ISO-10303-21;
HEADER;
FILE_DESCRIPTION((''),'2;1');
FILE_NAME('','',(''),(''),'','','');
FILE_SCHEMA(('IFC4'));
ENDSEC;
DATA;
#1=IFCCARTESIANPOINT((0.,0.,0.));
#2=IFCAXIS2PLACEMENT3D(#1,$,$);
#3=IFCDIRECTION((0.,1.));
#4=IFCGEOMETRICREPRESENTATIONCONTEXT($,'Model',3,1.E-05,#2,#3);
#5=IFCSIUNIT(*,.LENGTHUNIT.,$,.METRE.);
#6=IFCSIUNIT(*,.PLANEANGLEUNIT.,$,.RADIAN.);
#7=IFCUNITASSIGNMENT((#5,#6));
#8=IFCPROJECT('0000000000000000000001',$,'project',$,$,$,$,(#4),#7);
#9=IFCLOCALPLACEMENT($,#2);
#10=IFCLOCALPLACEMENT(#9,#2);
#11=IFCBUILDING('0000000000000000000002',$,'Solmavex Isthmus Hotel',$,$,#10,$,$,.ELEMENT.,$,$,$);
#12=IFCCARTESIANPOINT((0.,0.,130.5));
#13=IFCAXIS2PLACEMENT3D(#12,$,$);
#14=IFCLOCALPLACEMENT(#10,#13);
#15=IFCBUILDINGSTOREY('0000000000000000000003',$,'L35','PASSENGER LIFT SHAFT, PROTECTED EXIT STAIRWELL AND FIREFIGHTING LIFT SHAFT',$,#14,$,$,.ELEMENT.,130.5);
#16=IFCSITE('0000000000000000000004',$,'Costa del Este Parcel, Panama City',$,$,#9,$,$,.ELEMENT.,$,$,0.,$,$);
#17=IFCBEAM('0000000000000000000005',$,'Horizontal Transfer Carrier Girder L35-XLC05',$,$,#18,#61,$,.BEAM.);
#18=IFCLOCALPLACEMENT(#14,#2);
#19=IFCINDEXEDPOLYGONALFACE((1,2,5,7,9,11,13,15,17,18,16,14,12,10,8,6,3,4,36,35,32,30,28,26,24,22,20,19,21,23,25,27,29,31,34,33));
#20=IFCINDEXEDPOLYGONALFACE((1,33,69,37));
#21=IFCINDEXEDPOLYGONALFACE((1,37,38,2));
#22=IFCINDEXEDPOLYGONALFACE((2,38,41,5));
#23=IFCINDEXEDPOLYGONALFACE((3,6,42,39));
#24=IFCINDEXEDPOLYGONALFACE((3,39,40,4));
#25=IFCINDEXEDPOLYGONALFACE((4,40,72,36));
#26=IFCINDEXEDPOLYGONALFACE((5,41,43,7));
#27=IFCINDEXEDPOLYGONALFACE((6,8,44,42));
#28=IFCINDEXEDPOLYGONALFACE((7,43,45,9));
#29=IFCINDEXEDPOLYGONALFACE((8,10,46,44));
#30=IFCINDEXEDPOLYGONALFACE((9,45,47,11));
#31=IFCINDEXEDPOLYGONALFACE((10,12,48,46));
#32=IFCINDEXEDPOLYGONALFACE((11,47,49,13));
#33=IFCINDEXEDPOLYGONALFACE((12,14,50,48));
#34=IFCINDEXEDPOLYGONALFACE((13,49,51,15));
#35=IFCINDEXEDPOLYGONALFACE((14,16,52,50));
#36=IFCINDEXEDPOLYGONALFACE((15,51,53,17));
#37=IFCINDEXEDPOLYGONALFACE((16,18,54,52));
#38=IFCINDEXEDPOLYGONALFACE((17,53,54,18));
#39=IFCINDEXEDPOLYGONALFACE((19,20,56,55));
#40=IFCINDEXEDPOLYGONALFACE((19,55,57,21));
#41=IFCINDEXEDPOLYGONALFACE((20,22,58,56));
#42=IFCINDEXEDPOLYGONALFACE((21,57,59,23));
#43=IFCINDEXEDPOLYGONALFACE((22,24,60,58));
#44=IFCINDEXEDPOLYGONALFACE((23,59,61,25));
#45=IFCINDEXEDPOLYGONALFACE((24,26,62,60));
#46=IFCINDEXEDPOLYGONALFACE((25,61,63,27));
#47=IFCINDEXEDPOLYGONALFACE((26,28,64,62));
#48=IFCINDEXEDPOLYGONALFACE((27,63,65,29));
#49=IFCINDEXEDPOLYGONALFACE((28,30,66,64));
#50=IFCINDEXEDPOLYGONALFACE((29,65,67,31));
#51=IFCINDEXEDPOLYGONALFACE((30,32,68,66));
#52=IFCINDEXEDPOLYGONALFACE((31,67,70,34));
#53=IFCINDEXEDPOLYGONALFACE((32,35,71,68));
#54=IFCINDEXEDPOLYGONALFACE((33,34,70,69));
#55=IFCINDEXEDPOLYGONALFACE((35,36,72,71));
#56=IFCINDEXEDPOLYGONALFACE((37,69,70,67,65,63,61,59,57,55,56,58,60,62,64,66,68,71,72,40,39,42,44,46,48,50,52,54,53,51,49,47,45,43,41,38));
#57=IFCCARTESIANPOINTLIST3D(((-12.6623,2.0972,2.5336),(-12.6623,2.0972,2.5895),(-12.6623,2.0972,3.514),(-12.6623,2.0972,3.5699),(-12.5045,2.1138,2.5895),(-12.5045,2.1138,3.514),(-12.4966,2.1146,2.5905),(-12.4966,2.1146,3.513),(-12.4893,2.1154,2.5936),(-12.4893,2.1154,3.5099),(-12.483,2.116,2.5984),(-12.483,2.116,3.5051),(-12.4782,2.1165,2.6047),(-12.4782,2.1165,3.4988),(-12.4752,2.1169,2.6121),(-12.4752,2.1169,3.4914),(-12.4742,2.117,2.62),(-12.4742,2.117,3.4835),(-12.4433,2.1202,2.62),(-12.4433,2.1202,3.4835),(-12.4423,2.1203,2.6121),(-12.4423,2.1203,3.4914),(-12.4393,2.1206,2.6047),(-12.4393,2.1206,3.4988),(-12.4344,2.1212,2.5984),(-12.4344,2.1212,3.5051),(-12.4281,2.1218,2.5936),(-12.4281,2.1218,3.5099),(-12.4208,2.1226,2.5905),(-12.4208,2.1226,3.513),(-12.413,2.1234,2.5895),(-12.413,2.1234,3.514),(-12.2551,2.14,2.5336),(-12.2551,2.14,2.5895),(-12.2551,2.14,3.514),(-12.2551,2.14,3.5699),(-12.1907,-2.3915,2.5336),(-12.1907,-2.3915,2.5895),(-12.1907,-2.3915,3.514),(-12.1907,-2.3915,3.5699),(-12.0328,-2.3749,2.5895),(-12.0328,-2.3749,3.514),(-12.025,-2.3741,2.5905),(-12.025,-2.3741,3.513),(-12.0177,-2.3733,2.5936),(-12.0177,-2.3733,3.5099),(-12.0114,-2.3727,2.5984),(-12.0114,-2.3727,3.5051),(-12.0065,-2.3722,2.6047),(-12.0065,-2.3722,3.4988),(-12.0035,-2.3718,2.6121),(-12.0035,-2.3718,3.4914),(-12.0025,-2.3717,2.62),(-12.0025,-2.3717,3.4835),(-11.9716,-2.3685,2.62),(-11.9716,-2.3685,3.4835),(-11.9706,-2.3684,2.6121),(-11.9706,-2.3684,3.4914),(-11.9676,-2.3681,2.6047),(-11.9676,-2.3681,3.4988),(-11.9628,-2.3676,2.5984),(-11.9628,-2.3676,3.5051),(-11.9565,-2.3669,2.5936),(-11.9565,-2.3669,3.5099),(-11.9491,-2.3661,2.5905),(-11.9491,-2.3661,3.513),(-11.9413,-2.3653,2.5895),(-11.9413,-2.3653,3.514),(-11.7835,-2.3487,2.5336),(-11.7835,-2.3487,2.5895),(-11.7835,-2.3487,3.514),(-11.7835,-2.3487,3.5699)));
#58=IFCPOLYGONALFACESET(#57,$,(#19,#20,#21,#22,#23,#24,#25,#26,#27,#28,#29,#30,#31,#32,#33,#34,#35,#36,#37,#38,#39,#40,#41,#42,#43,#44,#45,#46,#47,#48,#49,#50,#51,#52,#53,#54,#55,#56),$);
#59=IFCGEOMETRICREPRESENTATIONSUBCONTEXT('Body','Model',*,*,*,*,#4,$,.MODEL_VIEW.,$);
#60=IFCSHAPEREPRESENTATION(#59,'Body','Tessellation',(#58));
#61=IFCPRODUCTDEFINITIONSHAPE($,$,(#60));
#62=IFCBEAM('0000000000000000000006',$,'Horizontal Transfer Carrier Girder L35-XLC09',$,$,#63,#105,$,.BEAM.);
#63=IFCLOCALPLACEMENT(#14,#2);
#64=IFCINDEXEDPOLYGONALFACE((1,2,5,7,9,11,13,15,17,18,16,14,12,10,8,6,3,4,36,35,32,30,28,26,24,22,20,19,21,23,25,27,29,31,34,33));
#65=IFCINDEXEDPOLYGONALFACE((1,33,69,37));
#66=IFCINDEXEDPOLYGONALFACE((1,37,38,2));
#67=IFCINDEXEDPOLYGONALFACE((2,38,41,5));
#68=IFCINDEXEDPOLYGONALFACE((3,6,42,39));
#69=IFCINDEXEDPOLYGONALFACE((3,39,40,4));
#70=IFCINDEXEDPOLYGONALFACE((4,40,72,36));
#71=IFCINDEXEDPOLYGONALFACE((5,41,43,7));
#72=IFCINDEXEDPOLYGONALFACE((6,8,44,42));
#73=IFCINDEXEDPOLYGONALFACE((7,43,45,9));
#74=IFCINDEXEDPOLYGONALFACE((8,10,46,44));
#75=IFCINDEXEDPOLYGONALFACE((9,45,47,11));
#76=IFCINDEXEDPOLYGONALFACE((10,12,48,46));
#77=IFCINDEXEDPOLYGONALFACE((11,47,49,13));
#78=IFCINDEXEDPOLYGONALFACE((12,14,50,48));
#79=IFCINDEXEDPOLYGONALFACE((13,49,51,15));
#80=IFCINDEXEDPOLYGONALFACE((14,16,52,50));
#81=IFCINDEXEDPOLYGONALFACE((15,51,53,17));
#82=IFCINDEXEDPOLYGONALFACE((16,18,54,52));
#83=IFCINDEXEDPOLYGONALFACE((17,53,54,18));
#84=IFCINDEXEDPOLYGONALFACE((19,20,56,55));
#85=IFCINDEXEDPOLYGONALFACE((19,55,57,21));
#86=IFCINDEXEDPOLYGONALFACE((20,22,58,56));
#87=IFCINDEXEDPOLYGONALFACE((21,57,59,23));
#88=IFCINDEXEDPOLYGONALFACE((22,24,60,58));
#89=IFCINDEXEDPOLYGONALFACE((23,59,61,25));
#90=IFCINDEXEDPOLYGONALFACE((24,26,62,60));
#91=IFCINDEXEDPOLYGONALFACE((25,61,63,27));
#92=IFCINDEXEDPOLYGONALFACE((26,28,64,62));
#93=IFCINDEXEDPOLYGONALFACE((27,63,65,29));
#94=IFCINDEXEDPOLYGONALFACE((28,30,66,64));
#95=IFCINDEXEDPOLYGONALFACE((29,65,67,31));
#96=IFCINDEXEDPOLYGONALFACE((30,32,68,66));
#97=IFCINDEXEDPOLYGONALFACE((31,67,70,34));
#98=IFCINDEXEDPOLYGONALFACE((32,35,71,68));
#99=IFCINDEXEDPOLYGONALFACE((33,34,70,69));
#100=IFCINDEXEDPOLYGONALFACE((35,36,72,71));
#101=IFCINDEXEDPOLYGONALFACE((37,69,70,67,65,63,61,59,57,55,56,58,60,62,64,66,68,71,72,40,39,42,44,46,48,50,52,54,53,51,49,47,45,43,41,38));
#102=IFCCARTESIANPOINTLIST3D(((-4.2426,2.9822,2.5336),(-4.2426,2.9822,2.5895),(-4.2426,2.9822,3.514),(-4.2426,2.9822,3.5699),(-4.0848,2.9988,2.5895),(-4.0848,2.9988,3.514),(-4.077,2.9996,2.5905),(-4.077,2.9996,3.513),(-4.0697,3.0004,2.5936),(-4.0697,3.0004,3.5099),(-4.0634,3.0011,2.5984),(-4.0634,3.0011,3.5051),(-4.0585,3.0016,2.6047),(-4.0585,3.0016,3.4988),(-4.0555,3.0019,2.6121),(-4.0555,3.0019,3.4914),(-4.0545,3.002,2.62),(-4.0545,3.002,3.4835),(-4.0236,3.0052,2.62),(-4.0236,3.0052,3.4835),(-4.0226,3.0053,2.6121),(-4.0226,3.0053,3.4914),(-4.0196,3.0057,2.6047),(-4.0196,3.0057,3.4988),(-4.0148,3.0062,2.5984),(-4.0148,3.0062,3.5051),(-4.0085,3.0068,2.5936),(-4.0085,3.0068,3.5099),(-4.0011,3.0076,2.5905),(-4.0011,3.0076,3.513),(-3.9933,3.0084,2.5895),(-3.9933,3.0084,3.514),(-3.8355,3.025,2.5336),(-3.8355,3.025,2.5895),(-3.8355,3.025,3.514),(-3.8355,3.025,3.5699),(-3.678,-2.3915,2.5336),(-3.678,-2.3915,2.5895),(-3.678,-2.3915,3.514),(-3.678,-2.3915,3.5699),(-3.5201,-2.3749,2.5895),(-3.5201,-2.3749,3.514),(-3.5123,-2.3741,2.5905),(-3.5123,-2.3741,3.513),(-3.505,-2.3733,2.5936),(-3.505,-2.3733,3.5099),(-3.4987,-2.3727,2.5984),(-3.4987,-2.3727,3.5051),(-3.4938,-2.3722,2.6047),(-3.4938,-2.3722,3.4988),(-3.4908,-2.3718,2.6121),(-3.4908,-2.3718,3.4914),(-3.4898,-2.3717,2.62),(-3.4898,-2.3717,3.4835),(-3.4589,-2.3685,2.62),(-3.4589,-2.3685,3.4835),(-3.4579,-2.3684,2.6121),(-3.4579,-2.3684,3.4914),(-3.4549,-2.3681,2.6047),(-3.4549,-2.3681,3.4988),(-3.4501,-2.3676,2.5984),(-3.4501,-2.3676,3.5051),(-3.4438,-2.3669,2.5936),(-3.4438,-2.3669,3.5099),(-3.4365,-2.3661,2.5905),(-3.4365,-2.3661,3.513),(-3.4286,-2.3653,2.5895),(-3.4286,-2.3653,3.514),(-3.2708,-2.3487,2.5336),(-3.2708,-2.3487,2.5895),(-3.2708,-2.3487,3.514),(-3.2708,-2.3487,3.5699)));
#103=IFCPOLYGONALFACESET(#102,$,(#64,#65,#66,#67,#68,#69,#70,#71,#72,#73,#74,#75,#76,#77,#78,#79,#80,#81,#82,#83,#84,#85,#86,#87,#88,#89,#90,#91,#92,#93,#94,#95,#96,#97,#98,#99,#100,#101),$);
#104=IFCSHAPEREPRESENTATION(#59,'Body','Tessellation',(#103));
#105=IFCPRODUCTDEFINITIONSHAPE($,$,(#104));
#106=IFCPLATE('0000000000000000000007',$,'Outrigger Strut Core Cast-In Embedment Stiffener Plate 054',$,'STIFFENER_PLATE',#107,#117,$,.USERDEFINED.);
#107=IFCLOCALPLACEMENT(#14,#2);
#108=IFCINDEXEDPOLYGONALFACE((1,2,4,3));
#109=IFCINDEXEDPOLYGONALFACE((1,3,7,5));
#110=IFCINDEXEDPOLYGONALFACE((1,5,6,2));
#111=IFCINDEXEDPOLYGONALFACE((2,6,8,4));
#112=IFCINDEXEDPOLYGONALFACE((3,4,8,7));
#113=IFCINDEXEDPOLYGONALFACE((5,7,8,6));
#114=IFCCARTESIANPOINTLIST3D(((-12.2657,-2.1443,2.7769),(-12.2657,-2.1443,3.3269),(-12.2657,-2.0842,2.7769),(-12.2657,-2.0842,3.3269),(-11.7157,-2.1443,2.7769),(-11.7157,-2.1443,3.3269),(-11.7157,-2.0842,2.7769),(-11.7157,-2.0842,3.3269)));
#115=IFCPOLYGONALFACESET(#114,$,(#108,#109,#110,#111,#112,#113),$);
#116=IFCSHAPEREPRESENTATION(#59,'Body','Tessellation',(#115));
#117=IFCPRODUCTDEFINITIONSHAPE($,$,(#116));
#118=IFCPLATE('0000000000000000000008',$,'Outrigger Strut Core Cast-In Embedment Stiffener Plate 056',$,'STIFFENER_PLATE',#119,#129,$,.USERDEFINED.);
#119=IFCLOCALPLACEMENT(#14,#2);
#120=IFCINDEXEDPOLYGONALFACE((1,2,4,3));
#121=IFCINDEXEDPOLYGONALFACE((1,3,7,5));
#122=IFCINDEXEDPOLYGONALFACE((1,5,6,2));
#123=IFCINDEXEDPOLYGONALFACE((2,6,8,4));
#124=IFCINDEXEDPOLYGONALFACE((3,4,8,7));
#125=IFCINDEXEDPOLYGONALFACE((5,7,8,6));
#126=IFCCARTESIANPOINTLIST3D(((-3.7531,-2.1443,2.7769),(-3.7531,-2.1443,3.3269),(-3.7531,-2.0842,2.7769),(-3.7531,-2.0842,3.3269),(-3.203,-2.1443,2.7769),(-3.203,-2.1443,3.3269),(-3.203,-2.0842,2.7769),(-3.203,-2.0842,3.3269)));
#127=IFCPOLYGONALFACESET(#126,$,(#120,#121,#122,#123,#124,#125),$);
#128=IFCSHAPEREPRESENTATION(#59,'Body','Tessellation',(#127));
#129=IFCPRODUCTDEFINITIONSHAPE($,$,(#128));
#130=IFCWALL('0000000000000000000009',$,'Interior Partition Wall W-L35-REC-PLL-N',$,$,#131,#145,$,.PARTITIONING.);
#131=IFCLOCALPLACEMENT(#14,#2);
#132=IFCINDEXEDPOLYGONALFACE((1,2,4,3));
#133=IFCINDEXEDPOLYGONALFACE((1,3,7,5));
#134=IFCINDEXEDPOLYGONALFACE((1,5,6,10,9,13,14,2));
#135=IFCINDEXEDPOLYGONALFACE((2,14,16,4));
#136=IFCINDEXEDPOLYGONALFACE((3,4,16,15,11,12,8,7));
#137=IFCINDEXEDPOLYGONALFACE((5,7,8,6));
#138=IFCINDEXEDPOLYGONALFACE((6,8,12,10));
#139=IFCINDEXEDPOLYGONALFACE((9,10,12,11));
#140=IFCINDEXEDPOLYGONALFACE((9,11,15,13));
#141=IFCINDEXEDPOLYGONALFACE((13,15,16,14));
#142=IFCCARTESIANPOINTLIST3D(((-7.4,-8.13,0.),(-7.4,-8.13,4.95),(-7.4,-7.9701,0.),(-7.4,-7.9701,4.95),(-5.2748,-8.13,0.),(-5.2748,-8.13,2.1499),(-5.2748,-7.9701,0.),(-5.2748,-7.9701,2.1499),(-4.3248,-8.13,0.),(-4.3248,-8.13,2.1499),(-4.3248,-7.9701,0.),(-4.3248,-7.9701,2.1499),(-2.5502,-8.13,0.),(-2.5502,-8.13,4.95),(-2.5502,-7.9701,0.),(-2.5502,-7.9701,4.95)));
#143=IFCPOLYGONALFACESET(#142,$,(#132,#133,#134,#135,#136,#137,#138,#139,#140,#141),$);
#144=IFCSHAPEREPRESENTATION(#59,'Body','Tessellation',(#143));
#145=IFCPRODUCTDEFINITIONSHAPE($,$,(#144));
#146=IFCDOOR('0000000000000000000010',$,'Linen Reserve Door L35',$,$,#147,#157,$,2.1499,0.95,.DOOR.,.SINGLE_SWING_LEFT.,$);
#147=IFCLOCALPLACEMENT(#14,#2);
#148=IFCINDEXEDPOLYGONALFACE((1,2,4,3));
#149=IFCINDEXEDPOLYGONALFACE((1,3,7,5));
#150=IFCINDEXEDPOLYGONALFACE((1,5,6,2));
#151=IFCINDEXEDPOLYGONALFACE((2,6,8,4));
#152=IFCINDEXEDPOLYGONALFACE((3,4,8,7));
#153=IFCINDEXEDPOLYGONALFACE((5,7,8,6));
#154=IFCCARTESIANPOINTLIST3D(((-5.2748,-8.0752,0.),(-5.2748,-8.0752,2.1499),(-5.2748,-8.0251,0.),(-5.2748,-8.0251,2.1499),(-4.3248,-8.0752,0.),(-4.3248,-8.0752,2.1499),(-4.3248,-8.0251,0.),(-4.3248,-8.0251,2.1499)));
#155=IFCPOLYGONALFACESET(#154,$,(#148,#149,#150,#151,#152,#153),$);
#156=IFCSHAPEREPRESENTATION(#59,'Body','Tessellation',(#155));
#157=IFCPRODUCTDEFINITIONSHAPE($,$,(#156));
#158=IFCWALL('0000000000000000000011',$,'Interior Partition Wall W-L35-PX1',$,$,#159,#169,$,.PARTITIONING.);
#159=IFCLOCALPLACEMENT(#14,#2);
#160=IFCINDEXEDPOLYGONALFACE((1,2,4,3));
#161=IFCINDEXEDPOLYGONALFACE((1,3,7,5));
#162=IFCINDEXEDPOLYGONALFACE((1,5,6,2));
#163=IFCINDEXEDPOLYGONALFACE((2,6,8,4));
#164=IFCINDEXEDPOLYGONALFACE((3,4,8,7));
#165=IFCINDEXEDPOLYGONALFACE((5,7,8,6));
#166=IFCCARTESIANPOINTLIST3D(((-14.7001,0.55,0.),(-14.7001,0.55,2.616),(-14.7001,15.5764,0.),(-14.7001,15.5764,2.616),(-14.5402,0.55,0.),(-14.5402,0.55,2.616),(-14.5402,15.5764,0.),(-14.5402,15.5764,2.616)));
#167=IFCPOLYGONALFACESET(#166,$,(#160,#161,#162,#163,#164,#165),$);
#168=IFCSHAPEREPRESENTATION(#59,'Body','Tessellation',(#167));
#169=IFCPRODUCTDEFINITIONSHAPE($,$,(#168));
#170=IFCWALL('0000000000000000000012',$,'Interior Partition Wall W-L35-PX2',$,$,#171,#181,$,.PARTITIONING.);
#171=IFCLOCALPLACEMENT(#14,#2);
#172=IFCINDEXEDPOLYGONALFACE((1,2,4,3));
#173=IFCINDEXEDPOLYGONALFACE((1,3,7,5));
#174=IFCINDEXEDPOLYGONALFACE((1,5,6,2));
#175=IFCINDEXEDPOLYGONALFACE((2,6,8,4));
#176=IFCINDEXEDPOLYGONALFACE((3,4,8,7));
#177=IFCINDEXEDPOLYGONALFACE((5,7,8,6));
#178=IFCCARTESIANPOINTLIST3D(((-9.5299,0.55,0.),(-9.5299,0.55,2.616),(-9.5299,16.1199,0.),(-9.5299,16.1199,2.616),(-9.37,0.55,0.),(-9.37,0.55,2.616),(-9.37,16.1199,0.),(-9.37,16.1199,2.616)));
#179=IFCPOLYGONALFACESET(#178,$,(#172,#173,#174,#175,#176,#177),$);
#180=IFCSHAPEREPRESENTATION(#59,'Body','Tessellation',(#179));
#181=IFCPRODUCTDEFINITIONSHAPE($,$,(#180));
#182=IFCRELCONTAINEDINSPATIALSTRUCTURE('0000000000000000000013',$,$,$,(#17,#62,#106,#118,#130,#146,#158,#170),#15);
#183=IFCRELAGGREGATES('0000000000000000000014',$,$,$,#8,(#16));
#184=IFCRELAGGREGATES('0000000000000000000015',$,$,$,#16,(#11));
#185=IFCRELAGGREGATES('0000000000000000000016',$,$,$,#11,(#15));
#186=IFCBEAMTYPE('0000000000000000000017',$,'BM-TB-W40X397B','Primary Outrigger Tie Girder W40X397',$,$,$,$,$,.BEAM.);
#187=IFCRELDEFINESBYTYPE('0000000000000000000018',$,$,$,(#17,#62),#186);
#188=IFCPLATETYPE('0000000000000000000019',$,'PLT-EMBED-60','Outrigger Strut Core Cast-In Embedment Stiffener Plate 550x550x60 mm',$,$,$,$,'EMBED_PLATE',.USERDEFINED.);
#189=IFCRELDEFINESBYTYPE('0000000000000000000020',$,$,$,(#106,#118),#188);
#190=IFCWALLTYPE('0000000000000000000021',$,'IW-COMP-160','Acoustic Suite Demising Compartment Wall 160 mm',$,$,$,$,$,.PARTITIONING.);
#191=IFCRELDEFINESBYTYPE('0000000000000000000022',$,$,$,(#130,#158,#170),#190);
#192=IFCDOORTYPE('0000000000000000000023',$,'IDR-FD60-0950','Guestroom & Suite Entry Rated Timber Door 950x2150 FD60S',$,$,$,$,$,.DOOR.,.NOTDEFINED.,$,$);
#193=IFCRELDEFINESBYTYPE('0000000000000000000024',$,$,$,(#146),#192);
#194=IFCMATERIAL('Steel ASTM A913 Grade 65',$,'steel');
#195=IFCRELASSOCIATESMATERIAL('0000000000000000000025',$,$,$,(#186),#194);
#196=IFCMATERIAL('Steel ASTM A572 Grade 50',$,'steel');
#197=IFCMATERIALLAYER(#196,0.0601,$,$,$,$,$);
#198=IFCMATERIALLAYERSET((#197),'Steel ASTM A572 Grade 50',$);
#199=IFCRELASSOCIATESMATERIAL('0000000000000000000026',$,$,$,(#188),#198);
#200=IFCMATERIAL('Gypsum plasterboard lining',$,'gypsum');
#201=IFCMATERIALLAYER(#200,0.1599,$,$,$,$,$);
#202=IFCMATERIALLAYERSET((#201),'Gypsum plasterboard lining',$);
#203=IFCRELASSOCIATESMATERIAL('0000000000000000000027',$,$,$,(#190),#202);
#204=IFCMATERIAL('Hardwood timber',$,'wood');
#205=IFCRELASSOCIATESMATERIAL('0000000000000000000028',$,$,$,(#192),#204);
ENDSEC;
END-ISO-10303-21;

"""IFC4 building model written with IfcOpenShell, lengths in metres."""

from ifc_helpers import new_model, si_unit, direction, frame, frame_2d, origin, origin_2d, place, context, subcontext, project, spatial, rectangle, i_section, extrude, material, layer, layer_set, material_profile, profile_set, type_object, element, fill, save


model = new_model("IFC4")

# Units and contexts
model_context = context("Model", 3, precision=1e-05, world=origin(), true_north=direction((0.0, 1.0)))
body_context = subcontext(model_context, "Body", "Model", "MODEL_VIEW")
ifc_project = project(units=[si_unit("LENGTHUNIT", "METRE"), si_unit("PLANEANGLEUNIT", "RADIAN")], contexts=[model_context])

# Site, building, storey
site_placement = place(None, origin())
site = spatial("IfcSite", under=ifc_project, at=site_placement, Name="Costa del Este Parcel, Panama City", CompositionType="ELEMENT", RefElevation=0.0)
building_placement = place(site_placement, origin())
building = spatial("IfcBuilding", under=site, at=building_placement, Name="Solmavex Isthmus Hotel", CompositionType="ELEMENT")
storey_placement = place(building_placement, frame((0.0, 0.0, 130.5)))
storey = spatial("IfcBuildingStorey", under=building, at=storey_placement, Name="L35", Description="PASSENGER LIFT SHAFT, PROTECTED EXIT STAIRWELL AND FIREFIGHTING LIFT SHAFT", CompositionType="ELEMENT", Elevation=130.5)

# Beams
ifc_material_1 = material(Name="Steel ASTM A913 Grade 65", Category="steel")
ifc_material_profile_1 = material_profile(ifc_material_1, i_section(OverallWidth=0.4094, OverallDepth=1.0364, WebThickness=0.031, FlangeThickness=0.0559, FilletRadius=0.0305, at=origin_2d()), Name="W40X397")
ifc_profile_set_1 = profile_set([ifc_material_profile_1], Name="Steel ASTM A913 Grade 65")
beam_type_1 = type_object("IfcBeamType", Name="BM-TB-W40X397B", Description="Primary Outrigger Tie Girder W40X397", PredefinedType="BEAM", material=ifc_profile_set_1)
beam_1_placement = place(storey_placement, frame((-11.9871, -2.3701, 3.0518), z_axis=(-0.104505, 0.994524, 0.0), x_axis=(-0.994524, -0.104505, 0.0)))
element("IfcBeam", 1, at=beam_1_placement, inside=storey, type_object=beam_type_1, Name="Horizontal Transfer Carrier Girder L35-XLC05", PredefinedType="BEAM", context=body_context, shape_type="SweptSolid", body=[
    extrude(i_section(OverallWidth=0.4094, OverallDepth=1.0364, WebThickness=0.031, FlangeThickness=0.0559, FilletRadius=0.0305, at=origin_2d()), origin(), (0.0, 0.0, 1.0), 4.5134),
])
beam_2_placement = place(storey_placement, frame((-3.4744, -2.3701, 3.0518), z_axis=(-0.104508, 0.994524, 0.0), x_axis=(-0.994524, -0.104508, 0.0)))
element("IfcBeam", 2, at=beam_2_placement, inside=storey, type_object=beam_type_1, Name="Horizontal Transfer Carrier Girder L35-XLC09", PredefinedType="BEAM", context=body_context, shape_type="SweptSolid", body=[
    extrude(i_section(OverallWidth=0.4094, OverallDepth=1.0364, WebThickness=0.031, FlangeThickness=0.0559, FilletRadius=0.0305, at=origin_2d()), origin(), (0.0, 0.0, 1.0), 5.4033),
])

# Plates
ifc_material_2 = material(Name="Steel ASTM A572 Grade 50", Category="steel")
ifc_layer_1 = layer(ifc_material_2, 0.0601)
ifc_layer_set_1 = layer_set([ifc_layer_1], Name="Steel ASTM A572 Grade 50")
plate_type = type_object("IfcPlateType", Name="PLT-EMBED-60", Description="Outrigger Strut Core Cast-In Embedment Stiffener Plate 550x550x60 mm", ElementType="EMBED_PLATE", PredefinedType="USERDEFINED", material=ifc_layer_set_1)
for number, where, z_axis, x_axis, name in (
    (3, (-11.9907, -2.1143, 2.7769), (0.0, 0.0, 1.0), (1.0, 0.0, 0.0), "Outrigger Strut Core Cast-In Embedment Stiffener Plate 054"),
    (4, (-3.478, -2.1143, 2.7769), (0.0, 0.0, 1.0), (1.0, 0.0, 0.0), "Outrigger Strut Core Cast-In Embedment Stiffener Plate 056"),
):
    element("IfcPlate", number, at=place(storey_placement, frame(where, z_axis=z_axis, x_axis=x_axis)), inside=storey, type_object=plate_type, Name=name, ObjectType="STIFFENER_PLATE", PredefinedType="USERDEFINED", context=body_context, shape_type="SweptSolid", body=[
        extrude(rectangle(XDim=0.55, YDim=0.0601, at=origin_2d()), origin(), (0.0, 0.0, 1.0), 0.55),
    ])

# Wall, opening, door
ifc_material_3 = material(Name="Gypsum plasterboard lining", Category="gypsum")
ifc_layer_2 = layer(ifc_material_3, 0.1599)
ifc_layer_set_2 = layer_set([ifc_layer_2], Name="Gypsum plasterboard lining")
wall_type_1 = type_object("IfcWallType", Name="IW-COMP-160", Description="Acoustic Suite Demising Compartment Wall 160 mm", PredefinedType="PARTITIONING", material=ifc_layer_set_2)
wall_1_placement = place(storey_placement, frame((-7.3999, -8.05, 0.0), z_axis=(0.0, 0.0, 1.0), x_axis=(1.0, 0.0, 0.0)))
wall_1 = element("IfcWall", 5, at=wall_1_placement, inside=storey, type_object=wall_type_1, Name="Interior Partition Wall W-L35-REC-PLL-N", PredefinedType="PARTITIONING", context=body_context, shape_type="SweptSolid", body=[
    extrude(rectangle(XDim=4.8499, YDim=0.1599, at=frame_2d((2.4248, 0.0))), origin(), (0.0, 0.0, 1.0), 4.95),
])
opening_1_placement = place(wall_1_placement, frame((2.125, 0.0, 0.0)))
opening_1 = element("IfcOpeningElement", 6, at=opening_1_placement, cuts=wall_1, PredefinedType="OPENING", context=body_context, shape_type="SweptSolid", body=[
    extrude(rectangle(XDim=0.95, YDim=2.1499, at=frame_2d((0.4751, 1.075))), frame((0.0, 0.0898, 0.0), z_axis=(0.0, -1.0, 0.0), x_axis=(1.0, 0.0, 0.0)), (0.0, 0.0, 1.0), 0.1799),
])
ifc_material_4 = material(Name="Hardwood timber", Category="wood")
door_type_1 = type_object("IfcDoorType", Name="IDR-FD60-0950", Description="Guestroom & Suite Entry Rated Timber Door 950x2150 FD60S", OperationType="NOTDEFINED", PredefinedType="DOOR", material=ifc_material_4)
door_1_placement = place(opening_1_placement, origin())
door_1 = element("IfcDoor", 7, at=door_1_placement, inside=storey, type_object=door_type_1, Name="Linen Reserve Door L35", OperationType="SINGLE_SWING_LEFT", OverallHeight=2.1499, OverallWidth=0.95, PredefinedType="DOOR", context=body_context, shape_type="SweptSolid", body=[
    extrude(rectangle(XDim=0.95, YDim=2.1499, at=frame_2d((0.4751, 1.075))), frame((0.0, 0.0249, 0.0), z_axis=(0.0, -1.0, 0.0), x_axis=(1.0, 0.0, 0.0)), (0.0, 0.0, 1.0), 0.05),
])
fill(opening_1, door_1)

# Walls
wall_2_placement = place(storey_placement, frame((-14.6201, 0.55, 0.0), z_axis=(0.0, 0.0, 1.0), x_axis=(0.0, 1.0, 0.0)))
element("IfcWall", 8, at=wall_2_placement, inside=storey, type_object=wall_type_1, Name="Interior Partition Wall W-L35-PX1", PredefinedType="PARTITIONING", context=body_context, shape_type="SweptSolid", body=[
    extrude(rectangle(XDim=15.0264, YDim=0.1599, at=frame_2d((7.5132, 0.0))), origin(), (0.0, 0.0, 1.0), 2.616),
])
wall_3_placement = place(storey_placement, frame((-9.45, 0.55, 0.0), z_axis=(0.0, 0.0, 1.0), x_axis=(0.0, 1.0, 0.0)))
element("IfcWall", 9, at=wall_3_placement, inside=storey, type_object=wall_type_1, Name="Interior Partition Wall W-L35-PX2", PredefinedType="PARTITIONING", context=body_context, shape_type="SweptSolid", body=[
    extrude(rectangle(XDim=15.5698, YDim=0.1599, at=frame_2d((7.7849, 0.0))), origin(), (0.0, 0.0, 1.0), 2.616),
])

save(model, "model.ifc")
